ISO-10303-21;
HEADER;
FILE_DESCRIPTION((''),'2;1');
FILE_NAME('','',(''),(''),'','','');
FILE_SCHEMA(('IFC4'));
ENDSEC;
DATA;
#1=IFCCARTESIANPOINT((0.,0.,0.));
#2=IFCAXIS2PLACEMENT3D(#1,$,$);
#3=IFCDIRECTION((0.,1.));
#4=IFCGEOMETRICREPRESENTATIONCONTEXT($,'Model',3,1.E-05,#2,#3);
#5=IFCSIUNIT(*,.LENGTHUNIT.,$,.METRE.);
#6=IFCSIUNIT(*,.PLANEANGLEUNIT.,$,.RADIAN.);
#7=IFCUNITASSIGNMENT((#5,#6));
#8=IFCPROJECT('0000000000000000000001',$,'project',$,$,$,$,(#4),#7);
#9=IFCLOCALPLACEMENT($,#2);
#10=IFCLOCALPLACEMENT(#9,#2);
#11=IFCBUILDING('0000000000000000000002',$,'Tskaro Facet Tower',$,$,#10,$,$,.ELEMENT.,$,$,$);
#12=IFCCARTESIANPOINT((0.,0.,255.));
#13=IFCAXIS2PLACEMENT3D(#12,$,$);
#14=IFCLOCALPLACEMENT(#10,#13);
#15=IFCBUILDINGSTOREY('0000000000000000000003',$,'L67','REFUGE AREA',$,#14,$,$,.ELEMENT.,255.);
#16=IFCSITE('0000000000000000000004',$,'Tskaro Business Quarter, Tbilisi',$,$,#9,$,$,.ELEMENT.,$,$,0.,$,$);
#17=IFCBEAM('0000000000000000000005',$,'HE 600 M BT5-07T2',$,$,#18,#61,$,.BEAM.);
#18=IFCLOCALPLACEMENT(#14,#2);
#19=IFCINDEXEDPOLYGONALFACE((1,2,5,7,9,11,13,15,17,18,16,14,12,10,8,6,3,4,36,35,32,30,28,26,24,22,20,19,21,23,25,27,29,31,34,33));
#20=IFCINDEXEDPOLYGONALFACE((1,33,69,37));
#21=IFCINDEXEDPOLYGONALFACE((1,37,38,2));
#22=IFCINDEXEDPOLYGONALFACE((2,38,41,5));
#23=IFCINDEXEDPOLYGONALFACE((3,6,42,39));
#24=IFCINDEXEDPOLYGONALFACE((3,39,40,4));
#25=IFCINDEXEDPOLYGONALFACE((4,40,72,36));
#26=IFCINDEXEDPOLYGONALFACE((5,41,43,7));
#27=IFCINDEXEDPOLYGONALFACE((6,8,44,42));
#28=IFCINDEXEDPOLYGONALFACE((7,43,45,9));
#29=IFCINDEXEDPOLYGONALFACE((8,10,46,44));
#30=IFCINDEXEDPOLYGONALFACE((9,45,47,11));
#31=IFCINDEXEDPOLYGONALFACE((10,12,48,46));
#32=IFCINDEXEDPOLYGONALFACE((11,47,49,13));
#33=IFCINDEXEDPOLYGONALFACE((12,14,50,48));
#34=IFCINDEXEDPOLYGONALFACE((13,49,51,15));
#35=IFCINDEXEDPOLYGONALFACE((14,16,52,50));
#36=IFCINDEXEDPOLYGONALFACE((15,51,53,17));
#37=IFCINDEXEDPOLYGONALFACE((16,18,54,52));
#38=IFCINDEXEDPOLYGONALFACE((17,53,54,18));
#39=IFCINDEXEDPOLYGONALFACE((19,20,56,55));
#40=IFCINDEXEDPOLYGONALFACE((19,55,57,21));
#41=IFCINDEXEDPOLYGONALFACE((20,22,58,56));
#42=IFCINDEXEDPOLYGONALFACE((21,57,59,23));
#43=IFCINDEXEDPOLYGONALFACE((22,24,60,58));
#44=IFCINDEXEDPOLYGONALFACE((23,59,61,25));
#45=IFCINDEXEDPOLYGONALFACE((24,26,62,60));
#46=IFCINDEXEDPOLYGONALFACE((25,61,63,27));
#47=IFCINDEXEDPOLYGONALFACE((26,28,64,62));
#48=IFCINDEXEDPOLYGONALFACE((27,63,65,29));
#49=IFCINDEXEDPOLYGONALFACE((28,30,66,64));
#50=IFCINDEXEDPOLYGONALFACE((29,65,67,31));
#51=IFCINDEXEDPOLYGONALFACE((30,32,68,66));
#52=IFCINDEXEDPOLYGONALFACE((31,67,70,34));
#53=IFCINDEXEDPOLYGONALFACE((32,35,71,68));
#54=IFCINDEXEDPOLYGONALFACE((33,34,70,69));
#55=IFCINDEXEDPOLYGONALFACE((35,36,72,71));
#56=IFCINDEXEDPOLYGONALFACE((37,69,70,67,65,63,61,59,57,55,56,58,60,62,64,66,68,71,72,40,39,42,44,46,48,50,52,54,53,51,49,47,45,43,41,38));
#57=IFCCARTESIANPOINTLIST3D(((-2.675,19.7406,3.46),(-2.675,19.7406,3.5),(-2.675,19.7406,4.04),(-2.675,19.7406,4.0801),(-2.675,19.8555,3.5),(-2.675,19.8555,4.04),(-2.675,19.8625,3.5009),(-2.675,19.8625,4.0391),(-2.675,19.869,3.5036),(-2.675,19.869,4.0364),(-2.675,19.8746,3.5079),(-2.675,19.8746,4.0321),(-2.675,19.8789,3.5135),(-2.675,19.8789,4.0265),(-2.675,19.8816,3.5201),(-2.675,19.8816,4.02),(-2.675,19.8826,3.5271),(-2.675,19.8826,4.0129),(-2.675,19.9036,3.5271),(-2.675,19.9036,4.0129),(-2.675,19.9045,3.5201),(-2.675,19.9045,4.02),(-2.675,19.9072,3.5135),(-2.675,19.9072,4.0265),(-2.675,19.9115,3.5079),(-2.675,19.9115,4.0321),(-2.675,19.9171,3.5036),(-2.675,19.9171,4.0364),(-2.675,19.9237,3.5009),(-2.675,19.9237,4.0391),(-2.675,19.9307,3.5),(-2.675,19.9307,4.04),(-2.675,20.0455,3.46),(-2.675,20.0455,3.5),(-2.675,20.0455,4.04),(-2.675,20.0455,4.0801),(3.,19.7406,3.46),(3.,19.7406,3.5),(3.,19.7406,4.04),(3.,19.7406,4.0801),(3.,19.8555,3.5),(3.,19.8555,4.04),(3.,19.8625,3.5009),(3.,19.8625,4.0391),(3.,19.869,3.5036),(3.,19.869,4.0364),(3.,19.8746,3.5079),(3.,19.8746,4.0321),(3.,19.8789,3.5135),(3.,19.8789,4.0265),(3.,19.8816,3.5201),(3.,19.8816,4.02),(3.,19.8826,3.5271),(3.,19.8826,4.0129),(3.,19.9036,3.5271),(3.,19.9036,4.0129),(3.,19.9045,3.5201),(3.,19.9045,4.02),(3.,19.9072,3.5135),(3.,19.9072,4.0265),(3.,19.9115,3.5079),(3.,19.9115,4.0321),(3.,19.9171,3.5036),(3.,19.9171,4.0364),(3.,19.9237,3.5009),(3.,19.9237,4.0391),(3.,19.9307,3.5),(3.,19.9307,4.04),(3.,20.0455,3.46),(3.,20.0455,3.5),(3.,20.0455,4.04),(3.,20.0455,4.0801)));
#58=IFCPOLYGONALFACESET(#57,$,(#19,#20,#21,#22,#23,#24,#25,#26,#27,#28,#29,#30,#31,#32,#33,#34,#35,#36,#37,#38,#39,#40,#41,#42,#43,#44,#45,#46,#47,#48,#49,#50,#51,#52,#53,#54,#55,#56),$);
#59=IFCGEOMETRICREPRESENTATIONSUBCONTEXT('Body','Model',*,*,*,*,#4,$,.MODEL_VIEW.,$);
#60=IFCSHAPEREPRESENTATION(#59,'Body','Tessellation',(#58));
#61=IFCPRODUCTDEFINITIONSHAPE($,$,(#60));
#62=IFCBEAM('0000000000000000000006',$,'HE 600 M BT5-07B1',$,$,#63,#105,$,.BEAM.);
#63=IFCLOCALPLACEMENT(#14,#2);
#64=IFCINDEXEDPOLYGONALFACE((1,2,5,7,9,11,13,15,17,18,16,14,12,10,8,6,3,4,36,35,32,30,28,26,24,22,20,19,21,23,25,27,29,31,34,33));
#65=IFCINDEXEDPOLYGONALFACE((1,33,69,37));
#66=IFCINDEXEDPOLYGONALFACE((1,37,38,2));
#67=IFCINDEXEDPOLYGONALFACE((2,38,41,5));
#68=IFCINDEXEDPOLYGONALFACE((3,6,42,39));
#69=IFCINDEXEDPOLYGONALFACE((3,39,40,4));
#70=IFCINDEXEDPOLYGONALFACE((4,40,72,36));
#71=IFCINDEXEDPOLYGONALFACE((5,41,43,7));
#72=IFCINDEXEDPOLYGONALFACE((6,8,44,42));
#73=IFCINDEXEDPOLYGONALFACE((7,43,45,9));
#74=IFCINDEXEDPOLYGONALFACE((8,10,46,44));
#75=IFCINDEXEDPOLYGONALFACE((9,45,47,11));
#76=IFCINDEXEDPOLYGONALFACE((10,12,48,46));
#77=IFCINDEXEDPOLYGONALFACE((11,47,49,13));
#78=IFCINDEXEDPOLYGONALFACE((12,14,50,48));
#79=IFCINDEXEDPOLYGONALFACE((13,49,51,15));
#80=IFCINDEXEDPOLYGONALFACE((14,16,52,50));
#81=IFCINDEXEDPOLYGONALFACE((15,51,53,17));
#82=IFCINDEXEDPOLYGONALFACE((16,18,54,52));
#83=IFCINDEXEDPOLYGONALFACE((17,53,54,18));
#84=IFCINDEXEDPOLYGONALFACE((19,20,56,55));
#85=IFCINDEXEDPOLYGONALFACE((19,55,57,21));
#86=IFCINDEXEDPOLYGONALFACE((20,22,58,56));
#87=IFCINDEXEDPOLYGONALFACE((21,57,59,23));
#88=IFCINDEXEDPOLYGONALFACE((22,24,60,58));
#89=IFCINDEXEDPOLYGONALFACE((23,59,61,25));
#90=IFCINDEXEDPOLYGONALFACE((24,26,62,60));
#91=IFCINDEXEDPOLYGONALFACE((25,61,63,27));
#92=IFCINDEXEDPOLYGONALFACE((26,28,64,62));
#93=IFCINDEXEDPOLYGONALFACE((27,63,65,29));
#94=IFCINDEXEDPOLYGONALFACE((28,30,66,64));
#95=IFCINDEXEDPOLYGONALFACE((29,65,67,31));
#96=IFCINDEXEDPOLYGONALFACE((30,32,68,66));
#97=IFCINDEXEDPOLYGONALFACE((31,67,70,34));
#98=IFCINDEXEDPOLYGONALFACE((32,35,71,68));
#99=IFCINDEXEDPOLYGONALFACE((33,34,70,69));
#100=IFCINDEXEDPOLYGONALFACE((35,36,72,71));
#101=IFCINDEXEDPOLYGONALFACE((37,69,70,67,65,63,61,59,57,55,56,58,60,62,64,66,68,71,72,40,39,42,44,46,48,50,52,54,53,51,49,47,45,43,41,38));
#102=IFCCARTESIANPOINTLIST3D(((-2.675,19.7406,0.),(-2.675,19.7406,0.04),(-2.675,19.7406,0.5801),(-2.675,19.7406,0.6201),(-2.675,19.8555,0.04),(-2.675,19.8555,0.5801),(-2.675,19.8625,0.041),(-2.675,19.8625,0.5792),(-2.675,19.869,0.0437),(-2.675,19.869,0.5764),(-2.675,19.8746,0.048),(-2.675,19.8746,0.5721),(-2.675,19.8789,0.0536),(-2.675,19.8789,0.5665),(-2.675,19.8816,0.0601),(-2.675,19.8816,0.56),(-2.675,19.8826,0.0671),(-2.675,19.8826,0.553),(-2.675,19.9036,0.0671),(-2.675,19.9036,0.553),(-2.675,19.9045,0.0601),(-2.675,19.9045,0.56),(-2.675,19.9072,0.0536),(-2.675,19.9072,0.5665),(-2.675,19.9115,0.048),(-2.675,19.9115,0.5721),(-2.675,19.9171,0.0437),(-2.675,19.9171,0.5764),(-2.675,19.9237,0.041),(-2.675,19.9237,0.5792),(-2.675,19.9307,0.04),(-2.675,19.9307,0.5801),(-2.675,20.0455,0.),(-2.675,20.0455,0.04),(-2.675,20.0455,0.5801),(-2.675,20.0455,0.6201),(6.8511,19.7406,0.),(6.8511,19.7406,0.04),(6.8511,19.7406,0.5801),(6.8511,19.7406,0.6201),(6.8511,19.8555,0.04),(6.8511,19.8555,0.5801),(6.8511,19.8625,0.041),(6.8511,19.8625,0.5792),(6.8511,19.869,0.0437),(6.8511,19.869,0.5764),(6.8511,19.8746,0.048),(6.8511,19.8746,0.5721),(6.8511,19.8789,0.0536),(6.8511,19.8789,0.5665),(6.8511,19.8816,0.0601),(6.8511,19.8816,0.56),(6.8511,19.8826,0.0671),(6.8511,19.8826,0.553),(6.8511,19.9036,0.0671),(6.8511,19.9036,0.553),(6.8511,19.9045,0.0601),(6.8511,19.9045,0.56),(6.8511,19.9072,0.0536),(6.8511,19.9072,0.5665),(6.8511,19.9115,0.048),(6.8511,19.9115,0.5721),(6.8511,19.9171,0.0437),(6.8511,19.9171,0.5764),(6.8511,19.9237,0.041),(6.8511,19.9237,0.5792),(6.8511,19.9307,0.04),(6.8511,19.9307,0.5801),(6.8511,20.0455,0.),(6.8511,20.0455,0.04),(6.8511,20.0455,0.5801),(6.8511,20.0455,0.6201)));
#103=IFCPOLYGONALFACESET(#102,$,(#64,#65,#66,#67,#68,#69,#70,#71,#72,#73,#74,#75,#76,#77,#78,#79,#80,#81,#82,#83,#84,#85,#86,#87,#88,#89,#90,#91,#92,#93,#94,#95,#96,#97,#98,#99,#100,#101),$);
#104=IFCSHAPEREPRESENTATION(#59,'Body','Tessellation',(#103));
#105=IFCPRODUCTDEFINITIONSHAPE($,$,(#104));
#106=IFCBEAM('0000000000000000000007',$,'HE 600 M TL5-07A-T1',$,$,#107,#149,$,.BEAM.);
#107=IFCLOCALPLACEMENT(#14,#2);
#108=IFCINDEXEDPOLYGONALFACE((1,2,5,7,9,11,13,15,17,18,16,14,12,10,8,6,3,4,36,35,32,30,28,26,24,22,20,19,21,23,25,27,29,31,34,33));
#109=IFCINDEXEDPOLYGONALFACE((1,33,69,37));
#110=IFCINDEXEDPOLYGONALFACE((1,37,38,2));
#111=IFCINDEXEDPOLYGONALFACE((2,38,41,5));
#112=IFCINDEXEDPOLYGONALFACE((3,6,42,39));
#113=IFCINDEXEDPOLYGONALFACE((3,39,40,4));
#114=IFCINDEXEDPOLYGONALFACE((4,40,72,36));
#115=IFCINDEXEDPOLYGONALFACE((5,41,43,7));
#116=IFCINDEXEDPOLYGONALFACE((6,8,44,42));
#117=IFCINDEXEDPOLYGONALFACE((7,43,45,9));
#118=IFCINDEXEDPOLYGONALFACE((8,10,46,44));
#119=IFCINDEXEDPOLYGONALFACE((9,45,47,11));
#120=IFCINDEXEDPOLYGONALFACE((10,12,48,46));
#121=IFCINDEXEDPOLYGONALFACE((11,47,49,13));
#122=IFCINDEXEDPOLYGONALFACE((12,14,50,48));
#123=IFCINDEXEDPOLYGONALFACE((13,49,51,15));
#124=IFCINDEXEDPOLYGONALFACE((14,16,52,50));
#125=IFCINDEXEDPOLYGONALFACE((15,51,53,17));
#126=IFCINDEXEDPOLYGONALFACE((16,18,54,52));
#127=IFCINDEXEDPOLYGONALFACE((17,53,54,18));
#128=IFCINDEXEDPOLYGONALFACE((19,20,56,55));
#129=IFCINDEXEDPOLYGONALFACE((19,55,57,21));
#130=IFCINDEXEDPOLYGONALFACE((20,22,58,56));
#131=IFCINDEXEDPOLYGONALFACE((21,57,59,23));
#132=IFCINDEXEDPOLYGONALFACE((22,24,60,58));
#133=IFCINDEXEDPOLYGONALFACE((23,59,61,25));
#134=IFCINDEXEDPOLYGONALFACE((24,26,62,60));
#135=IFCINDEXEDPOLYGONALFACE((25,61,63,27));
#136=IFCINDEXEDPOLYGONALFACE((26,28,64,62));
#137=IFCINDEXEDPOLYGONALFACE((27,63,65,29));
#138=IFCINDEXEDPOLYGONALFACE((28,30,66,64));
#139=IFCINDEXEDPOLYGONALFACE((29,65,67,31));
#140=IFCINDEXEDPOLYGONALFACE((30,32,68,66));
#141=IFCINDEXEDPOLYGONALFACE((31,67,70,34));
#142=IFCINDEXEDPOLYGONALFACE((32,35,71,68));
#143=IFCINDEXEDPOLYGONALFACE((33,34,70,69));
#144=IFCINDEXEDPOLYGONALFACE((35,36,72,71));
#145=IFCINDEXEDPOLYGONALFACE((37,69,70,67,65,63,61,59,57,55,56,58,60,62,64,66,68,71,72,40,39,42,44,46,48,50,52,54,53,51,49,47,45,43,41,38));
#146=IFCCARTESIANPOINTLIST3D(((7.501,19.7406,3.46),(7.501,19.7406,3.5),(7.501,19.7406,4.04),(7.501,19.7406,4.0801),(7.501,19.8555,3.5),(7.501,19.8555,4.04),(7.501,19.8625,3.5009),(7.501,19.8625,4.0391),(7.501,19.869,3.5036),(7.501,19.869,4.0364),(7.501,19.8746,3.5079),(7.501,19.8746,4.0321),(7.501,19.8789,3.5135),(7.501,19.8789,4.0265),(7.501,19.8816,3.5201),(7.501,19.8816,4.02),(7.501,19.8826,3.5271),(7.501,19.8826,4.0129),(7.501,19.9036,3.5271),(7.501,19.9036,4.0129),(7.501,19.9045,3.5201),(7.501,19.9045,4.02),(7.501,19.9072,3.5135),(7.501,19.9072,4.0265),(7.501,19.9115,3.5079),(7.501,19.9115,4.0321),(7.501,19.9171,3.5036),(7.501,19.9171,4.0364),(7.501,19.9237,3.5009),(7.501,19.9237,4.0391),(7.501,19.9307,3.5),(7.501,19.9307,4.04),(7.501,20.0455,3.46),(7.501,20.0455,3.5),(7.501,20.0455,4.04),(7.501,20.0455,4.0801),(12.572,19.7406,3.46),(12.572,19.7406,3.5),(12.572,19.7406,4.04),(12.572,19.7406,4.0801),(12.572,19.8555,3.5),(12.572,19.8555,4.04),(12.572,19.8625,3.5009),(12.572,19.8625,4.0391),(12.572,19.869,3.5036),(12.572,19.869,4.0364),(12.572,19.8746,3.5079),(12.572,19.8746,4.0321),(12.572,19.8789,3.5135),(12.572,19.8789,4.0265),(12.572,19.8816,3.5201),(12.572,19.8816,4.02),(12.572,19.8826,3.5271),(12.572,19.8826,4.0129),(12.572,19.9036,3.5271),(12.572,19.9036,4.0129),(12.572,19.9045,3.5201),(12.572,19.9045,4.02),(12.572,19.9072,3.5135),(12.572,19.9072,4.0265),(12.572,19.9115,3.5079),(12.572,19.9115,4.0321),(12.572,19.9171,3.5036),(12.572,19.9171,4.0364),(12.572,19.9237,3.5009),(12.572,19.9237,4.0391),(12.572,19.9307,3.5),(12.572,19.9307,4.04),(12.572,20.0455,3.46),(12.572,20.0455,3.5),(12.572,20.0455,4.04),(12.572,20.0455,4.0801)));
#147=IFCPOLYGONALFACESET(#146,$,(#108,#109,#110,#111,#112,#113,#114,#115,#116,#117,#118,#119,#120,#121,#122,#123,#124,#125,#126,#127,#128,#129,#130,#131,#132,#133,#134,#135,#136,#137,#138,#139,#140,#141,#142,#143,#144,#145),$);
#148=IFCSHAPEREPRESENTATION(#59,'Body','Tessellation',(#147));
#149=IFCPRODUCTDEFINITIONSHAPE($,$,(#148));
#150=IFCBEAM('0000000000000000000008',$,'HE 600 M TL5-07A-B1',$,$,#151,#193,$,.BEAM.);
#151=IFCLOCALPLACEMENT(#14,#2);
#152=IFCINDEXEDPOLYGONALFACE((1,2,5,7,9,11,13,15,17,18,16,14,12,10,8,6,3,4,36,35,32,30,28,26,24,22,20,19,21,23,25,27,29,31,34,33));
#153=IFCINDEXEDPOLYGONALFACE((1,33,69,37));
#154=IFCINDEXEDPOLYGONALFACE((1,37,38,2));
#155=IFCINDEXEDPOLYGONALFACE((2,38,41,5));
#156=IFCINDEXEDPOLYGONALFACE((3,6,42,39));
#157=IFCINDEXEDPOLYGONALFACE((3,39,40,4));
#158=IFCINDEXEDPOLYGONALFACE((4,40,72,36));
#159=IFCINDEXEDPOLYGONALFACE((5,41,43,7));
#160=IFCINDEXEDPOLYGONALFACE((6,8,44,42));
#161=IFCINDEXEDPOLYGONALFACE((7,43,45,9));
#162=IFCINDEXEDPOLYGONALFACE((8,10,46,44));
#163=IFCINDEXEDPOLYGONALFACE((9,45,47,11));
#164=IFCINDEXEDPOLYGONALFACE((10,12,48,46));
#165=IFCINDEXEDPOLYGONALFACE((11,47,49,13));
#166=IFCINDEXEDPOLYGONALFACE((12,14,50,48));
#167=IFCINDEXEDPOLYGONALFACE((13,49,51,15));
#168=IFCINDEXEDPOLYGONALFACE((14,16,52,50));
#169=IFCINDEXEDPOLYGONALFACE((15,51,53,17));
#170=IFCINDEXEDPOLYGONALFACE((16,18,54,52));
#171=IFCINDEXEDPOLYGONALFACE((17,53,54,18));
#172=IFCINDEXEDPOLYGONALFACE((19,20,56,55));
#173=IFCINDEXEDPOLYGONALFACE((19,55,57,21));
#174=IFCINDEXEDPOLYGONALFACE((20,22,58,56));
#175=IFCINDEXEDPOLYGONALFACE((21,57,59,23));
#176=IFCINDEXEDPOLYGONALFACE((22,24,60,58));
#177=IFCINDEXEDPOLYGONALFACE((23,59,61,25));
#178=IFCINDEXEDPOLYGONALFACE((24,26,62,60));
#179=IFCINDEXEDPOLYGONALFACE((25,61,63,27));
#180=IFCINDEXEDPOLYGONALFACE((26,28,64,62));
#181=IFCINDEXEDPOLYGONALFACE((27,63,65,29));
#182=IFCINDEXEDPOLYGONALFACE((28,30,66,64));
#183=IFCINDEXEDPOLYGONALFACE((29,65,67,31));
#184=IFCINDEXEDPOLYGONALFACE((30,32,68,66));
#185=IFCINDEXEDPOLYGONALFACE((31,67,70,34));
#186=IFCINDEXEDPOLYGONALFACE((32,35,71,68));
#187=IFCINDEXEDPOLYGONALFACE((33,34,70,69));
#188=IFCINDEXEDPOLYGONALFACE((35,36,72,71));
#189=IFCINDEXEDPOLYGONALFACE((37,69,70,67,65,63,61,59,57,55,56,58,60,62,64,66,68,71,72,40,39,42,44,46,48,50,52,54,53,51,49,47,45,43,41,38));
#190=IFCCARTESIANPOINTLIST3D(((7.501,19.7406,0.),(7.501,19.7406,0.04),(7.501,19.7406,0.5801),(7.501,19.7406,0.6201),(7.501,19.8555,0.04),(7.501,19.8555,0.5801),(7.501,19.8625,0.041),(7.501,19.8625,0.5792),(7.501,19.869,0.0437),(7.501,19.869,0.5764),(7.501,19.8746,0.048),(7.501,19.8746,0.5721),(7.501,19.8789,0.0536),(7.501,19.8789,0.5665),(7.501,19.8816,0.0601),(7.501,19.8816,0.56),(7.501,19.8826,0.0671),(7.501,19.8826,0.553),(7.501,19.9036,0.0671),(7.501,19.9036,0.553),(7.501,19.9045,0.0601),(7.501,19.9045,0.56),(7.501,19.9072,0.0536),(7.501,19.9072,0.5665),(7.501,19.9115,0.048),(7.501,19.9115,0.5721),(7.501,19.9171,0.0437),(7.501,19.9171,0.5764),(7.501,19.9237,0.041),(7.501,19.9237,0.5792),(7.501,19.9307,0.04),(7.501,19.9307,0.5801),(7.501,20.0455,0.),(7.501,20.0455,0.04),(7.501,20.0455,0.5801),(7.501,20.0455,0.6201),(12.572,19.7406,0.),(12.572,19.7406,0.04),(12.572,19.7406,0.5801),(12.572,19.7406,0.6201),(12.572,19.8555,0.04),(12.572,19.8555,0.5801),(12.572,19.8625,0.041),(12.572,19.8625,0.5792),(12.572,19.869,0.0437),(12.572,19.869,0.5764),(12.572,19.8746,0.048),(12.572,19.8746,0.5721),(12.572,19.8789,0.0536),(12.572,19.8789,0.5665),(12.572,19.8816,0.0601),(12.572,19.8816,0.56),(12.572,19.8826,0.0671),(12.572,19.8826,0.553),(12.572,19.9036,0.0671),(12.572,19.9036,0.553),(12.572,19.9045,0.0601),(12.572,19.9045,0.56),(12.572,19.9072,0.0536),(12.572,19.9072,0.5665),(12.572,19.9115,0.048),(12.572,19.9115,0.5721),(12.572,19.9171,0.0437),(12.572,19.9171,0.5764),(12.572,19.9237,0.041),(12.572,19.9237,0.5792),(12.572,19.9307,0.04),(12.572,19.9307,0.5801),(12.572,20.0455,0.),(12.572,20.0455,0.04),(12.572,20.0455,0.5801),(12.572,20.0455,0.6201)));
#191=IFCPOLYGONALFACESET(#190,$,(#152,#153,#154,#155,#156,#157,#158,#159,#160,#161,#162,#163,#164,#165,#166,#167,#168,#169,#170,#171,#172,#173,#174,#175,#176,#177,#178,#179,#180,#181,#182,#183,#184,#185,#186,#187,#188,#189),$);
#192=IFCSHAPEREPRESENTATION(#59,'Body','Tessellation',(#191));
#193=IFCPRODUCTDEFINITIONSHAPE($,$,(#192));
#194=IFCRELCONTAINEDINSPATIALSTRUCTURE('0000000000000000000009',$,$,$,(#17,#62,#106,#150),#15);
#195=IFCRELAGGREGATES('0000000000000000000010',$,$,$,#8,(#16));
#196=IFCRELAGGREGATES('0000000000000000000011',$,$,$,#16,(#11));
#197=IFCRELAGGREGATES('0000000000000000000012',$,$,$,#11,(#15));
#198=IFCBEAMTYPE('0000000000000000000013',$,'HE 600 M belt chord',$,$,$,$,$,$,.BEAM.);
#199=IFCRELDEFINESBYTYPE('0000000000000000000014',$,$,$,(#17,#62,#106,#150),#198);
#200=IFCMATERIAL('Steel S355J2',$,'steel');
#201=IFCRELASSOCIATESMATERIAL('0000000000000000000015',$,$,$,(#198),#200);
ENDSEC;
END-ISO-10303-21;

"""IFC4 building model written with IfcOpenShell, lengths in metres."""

from ifc_helpers import new_model, si_unit, direction, frame, origin, origin_2d, place, context, subcontext, project, spatial, i_section, extrude, material, material_profile, profile_set, type_object, element, save


model = new_model("IFC4")

# Units and contexts
model_context = context("Model", 3, precision=1e-05, world=origin(), true_north=direction((0.0, 1.0)))
body_context = subcontext(model_context, "Body", "Model", "MODEL_VIEW")
ifc_project = project(units=[si_unit("LENGTHUNIT", "METRE"), si_unit("PLANEANGLEUNIT", "RADIAN")], contexts=[model_context])

# Site, building, storey
site_placement = place(None, origin())
site = spatial("IfcSite", under=ifc_project, at=site_placement, Name="Tskaro Business Quarter, Tbilisi", CompositionType="ELEMENT", RefElevation=0.0)
building_placement = place(site_placement, origin())
building = spatial("IfcBuilding", under=site, at=building_placement, Name="Tskaro Facet Tower", CompositionType="ELEMENT")
storey_placement = place(building_placement, frame((0.0, 0.0, 255.0)))
storey = spatial("IfcBuildingStorey", under=building, at=storey_placement, Name="L67", Description="REFUGE AREA", CompositionType="ELEMENT", Elevation=255.0)

# Shared definitions
ifc_material_1 = material(Name="Steel S355J2", Category="steel")

# Beams
ifc_material_profile_1 = material_profile(ifc_material_1, i_section(OverallWidth=0.3049, OverallDepth=0.6201, WebThickness=0.021, FlangeThickness=0.04, FilletRadius=0.0271, at=origin_2d()), Name="HE 600 M")
ifc_profile_set_1 = profile_set([ifc_material_profile_1], Name="Steel S355J2")
beam_type_1 = type_object("IfcBeamType", Name="HE 600 M belt chord", PredefinedType="BEAM", material=ifc_profile_set_1)
beam_1_placement = place(storey_placement, frame((3.0, 19.8931, 3.77), z_axis=(-1.0, 0.0, 0.0), x_axis=(0.0, -1.0, 0.0)))
element("IfcBeam", 1, at=beam_1_placement, inside=storey, type_object=beam_type_1, Name="HE 600 M BT5-07T2", PredefinedType="BEAM", context=body_context, shape_type="SweptSolid", body=[
    extrude(i_section(OverallWidth=0.3049, OverallDepth=0.6201, WebThickness=0.021, FlangeThickness=0.04, FilletRadius=0.0271, at=origin_2d()), origin(), (0.0, 0.0, 1.0), 5.675),
])
beam_2_placement = place(storey_placement, frame((6.8511, 19.8931, 0.3101), z_axis=(-1.0, 0.0, 0.0), x_axis=(0.0, -1.0, 0.0)))
element("IfcBeam", 2, at=beam_2_placement, inside=storey, type_object=beam_type_1, Name="HE 600 M BT5-07B1", PredefinedType="BEAM", context=body_context, shape_type="SweptSolid", body=[
    extrude(i_section(OverallWidth=0.3049, OverallDepth=0.6201, WebThickness=0.021, FlangeThickness=0.04, FilletRadius=0.0271, at=origin_2d()), origin(), (0.0, 0.0, 1.0), 9.5261),
])
for number, where, z_axis, x_axis, name in (
    (3, (7.501, 19.8931, 3.77), (1.0, 0.0, 0.0), (0.0, 1.0, 0.0), "HE 600 M TL5-07A-T1"),
    (4, (7.501, 19.8931, 0.3101), (1.0, 0.0, 0.0), (0.0, 1.0, 0.0), "HE 600 M TL5-07A-B1"),
):
    element("IfcBeam", number, at=place(storey_placement, frame(where, z_axis=z_axis, x_axis=x_axis)), inside=storey, type_object=beam_type_1, Name=name, PredefinedType="BEAM", context=body_context, shape_type="SweptSolid", body=[
        extrude(i_section(OverallWidth=0.3049, OverallDepth=0.6201, WebThickness=0.021, FlangeThickness=0.04, FilletRadius=0.0271, at=origin_2d()), origin(), (0.0, 0.0, 1.0), 5.071),
    ])

save(model, "model.ifc")
